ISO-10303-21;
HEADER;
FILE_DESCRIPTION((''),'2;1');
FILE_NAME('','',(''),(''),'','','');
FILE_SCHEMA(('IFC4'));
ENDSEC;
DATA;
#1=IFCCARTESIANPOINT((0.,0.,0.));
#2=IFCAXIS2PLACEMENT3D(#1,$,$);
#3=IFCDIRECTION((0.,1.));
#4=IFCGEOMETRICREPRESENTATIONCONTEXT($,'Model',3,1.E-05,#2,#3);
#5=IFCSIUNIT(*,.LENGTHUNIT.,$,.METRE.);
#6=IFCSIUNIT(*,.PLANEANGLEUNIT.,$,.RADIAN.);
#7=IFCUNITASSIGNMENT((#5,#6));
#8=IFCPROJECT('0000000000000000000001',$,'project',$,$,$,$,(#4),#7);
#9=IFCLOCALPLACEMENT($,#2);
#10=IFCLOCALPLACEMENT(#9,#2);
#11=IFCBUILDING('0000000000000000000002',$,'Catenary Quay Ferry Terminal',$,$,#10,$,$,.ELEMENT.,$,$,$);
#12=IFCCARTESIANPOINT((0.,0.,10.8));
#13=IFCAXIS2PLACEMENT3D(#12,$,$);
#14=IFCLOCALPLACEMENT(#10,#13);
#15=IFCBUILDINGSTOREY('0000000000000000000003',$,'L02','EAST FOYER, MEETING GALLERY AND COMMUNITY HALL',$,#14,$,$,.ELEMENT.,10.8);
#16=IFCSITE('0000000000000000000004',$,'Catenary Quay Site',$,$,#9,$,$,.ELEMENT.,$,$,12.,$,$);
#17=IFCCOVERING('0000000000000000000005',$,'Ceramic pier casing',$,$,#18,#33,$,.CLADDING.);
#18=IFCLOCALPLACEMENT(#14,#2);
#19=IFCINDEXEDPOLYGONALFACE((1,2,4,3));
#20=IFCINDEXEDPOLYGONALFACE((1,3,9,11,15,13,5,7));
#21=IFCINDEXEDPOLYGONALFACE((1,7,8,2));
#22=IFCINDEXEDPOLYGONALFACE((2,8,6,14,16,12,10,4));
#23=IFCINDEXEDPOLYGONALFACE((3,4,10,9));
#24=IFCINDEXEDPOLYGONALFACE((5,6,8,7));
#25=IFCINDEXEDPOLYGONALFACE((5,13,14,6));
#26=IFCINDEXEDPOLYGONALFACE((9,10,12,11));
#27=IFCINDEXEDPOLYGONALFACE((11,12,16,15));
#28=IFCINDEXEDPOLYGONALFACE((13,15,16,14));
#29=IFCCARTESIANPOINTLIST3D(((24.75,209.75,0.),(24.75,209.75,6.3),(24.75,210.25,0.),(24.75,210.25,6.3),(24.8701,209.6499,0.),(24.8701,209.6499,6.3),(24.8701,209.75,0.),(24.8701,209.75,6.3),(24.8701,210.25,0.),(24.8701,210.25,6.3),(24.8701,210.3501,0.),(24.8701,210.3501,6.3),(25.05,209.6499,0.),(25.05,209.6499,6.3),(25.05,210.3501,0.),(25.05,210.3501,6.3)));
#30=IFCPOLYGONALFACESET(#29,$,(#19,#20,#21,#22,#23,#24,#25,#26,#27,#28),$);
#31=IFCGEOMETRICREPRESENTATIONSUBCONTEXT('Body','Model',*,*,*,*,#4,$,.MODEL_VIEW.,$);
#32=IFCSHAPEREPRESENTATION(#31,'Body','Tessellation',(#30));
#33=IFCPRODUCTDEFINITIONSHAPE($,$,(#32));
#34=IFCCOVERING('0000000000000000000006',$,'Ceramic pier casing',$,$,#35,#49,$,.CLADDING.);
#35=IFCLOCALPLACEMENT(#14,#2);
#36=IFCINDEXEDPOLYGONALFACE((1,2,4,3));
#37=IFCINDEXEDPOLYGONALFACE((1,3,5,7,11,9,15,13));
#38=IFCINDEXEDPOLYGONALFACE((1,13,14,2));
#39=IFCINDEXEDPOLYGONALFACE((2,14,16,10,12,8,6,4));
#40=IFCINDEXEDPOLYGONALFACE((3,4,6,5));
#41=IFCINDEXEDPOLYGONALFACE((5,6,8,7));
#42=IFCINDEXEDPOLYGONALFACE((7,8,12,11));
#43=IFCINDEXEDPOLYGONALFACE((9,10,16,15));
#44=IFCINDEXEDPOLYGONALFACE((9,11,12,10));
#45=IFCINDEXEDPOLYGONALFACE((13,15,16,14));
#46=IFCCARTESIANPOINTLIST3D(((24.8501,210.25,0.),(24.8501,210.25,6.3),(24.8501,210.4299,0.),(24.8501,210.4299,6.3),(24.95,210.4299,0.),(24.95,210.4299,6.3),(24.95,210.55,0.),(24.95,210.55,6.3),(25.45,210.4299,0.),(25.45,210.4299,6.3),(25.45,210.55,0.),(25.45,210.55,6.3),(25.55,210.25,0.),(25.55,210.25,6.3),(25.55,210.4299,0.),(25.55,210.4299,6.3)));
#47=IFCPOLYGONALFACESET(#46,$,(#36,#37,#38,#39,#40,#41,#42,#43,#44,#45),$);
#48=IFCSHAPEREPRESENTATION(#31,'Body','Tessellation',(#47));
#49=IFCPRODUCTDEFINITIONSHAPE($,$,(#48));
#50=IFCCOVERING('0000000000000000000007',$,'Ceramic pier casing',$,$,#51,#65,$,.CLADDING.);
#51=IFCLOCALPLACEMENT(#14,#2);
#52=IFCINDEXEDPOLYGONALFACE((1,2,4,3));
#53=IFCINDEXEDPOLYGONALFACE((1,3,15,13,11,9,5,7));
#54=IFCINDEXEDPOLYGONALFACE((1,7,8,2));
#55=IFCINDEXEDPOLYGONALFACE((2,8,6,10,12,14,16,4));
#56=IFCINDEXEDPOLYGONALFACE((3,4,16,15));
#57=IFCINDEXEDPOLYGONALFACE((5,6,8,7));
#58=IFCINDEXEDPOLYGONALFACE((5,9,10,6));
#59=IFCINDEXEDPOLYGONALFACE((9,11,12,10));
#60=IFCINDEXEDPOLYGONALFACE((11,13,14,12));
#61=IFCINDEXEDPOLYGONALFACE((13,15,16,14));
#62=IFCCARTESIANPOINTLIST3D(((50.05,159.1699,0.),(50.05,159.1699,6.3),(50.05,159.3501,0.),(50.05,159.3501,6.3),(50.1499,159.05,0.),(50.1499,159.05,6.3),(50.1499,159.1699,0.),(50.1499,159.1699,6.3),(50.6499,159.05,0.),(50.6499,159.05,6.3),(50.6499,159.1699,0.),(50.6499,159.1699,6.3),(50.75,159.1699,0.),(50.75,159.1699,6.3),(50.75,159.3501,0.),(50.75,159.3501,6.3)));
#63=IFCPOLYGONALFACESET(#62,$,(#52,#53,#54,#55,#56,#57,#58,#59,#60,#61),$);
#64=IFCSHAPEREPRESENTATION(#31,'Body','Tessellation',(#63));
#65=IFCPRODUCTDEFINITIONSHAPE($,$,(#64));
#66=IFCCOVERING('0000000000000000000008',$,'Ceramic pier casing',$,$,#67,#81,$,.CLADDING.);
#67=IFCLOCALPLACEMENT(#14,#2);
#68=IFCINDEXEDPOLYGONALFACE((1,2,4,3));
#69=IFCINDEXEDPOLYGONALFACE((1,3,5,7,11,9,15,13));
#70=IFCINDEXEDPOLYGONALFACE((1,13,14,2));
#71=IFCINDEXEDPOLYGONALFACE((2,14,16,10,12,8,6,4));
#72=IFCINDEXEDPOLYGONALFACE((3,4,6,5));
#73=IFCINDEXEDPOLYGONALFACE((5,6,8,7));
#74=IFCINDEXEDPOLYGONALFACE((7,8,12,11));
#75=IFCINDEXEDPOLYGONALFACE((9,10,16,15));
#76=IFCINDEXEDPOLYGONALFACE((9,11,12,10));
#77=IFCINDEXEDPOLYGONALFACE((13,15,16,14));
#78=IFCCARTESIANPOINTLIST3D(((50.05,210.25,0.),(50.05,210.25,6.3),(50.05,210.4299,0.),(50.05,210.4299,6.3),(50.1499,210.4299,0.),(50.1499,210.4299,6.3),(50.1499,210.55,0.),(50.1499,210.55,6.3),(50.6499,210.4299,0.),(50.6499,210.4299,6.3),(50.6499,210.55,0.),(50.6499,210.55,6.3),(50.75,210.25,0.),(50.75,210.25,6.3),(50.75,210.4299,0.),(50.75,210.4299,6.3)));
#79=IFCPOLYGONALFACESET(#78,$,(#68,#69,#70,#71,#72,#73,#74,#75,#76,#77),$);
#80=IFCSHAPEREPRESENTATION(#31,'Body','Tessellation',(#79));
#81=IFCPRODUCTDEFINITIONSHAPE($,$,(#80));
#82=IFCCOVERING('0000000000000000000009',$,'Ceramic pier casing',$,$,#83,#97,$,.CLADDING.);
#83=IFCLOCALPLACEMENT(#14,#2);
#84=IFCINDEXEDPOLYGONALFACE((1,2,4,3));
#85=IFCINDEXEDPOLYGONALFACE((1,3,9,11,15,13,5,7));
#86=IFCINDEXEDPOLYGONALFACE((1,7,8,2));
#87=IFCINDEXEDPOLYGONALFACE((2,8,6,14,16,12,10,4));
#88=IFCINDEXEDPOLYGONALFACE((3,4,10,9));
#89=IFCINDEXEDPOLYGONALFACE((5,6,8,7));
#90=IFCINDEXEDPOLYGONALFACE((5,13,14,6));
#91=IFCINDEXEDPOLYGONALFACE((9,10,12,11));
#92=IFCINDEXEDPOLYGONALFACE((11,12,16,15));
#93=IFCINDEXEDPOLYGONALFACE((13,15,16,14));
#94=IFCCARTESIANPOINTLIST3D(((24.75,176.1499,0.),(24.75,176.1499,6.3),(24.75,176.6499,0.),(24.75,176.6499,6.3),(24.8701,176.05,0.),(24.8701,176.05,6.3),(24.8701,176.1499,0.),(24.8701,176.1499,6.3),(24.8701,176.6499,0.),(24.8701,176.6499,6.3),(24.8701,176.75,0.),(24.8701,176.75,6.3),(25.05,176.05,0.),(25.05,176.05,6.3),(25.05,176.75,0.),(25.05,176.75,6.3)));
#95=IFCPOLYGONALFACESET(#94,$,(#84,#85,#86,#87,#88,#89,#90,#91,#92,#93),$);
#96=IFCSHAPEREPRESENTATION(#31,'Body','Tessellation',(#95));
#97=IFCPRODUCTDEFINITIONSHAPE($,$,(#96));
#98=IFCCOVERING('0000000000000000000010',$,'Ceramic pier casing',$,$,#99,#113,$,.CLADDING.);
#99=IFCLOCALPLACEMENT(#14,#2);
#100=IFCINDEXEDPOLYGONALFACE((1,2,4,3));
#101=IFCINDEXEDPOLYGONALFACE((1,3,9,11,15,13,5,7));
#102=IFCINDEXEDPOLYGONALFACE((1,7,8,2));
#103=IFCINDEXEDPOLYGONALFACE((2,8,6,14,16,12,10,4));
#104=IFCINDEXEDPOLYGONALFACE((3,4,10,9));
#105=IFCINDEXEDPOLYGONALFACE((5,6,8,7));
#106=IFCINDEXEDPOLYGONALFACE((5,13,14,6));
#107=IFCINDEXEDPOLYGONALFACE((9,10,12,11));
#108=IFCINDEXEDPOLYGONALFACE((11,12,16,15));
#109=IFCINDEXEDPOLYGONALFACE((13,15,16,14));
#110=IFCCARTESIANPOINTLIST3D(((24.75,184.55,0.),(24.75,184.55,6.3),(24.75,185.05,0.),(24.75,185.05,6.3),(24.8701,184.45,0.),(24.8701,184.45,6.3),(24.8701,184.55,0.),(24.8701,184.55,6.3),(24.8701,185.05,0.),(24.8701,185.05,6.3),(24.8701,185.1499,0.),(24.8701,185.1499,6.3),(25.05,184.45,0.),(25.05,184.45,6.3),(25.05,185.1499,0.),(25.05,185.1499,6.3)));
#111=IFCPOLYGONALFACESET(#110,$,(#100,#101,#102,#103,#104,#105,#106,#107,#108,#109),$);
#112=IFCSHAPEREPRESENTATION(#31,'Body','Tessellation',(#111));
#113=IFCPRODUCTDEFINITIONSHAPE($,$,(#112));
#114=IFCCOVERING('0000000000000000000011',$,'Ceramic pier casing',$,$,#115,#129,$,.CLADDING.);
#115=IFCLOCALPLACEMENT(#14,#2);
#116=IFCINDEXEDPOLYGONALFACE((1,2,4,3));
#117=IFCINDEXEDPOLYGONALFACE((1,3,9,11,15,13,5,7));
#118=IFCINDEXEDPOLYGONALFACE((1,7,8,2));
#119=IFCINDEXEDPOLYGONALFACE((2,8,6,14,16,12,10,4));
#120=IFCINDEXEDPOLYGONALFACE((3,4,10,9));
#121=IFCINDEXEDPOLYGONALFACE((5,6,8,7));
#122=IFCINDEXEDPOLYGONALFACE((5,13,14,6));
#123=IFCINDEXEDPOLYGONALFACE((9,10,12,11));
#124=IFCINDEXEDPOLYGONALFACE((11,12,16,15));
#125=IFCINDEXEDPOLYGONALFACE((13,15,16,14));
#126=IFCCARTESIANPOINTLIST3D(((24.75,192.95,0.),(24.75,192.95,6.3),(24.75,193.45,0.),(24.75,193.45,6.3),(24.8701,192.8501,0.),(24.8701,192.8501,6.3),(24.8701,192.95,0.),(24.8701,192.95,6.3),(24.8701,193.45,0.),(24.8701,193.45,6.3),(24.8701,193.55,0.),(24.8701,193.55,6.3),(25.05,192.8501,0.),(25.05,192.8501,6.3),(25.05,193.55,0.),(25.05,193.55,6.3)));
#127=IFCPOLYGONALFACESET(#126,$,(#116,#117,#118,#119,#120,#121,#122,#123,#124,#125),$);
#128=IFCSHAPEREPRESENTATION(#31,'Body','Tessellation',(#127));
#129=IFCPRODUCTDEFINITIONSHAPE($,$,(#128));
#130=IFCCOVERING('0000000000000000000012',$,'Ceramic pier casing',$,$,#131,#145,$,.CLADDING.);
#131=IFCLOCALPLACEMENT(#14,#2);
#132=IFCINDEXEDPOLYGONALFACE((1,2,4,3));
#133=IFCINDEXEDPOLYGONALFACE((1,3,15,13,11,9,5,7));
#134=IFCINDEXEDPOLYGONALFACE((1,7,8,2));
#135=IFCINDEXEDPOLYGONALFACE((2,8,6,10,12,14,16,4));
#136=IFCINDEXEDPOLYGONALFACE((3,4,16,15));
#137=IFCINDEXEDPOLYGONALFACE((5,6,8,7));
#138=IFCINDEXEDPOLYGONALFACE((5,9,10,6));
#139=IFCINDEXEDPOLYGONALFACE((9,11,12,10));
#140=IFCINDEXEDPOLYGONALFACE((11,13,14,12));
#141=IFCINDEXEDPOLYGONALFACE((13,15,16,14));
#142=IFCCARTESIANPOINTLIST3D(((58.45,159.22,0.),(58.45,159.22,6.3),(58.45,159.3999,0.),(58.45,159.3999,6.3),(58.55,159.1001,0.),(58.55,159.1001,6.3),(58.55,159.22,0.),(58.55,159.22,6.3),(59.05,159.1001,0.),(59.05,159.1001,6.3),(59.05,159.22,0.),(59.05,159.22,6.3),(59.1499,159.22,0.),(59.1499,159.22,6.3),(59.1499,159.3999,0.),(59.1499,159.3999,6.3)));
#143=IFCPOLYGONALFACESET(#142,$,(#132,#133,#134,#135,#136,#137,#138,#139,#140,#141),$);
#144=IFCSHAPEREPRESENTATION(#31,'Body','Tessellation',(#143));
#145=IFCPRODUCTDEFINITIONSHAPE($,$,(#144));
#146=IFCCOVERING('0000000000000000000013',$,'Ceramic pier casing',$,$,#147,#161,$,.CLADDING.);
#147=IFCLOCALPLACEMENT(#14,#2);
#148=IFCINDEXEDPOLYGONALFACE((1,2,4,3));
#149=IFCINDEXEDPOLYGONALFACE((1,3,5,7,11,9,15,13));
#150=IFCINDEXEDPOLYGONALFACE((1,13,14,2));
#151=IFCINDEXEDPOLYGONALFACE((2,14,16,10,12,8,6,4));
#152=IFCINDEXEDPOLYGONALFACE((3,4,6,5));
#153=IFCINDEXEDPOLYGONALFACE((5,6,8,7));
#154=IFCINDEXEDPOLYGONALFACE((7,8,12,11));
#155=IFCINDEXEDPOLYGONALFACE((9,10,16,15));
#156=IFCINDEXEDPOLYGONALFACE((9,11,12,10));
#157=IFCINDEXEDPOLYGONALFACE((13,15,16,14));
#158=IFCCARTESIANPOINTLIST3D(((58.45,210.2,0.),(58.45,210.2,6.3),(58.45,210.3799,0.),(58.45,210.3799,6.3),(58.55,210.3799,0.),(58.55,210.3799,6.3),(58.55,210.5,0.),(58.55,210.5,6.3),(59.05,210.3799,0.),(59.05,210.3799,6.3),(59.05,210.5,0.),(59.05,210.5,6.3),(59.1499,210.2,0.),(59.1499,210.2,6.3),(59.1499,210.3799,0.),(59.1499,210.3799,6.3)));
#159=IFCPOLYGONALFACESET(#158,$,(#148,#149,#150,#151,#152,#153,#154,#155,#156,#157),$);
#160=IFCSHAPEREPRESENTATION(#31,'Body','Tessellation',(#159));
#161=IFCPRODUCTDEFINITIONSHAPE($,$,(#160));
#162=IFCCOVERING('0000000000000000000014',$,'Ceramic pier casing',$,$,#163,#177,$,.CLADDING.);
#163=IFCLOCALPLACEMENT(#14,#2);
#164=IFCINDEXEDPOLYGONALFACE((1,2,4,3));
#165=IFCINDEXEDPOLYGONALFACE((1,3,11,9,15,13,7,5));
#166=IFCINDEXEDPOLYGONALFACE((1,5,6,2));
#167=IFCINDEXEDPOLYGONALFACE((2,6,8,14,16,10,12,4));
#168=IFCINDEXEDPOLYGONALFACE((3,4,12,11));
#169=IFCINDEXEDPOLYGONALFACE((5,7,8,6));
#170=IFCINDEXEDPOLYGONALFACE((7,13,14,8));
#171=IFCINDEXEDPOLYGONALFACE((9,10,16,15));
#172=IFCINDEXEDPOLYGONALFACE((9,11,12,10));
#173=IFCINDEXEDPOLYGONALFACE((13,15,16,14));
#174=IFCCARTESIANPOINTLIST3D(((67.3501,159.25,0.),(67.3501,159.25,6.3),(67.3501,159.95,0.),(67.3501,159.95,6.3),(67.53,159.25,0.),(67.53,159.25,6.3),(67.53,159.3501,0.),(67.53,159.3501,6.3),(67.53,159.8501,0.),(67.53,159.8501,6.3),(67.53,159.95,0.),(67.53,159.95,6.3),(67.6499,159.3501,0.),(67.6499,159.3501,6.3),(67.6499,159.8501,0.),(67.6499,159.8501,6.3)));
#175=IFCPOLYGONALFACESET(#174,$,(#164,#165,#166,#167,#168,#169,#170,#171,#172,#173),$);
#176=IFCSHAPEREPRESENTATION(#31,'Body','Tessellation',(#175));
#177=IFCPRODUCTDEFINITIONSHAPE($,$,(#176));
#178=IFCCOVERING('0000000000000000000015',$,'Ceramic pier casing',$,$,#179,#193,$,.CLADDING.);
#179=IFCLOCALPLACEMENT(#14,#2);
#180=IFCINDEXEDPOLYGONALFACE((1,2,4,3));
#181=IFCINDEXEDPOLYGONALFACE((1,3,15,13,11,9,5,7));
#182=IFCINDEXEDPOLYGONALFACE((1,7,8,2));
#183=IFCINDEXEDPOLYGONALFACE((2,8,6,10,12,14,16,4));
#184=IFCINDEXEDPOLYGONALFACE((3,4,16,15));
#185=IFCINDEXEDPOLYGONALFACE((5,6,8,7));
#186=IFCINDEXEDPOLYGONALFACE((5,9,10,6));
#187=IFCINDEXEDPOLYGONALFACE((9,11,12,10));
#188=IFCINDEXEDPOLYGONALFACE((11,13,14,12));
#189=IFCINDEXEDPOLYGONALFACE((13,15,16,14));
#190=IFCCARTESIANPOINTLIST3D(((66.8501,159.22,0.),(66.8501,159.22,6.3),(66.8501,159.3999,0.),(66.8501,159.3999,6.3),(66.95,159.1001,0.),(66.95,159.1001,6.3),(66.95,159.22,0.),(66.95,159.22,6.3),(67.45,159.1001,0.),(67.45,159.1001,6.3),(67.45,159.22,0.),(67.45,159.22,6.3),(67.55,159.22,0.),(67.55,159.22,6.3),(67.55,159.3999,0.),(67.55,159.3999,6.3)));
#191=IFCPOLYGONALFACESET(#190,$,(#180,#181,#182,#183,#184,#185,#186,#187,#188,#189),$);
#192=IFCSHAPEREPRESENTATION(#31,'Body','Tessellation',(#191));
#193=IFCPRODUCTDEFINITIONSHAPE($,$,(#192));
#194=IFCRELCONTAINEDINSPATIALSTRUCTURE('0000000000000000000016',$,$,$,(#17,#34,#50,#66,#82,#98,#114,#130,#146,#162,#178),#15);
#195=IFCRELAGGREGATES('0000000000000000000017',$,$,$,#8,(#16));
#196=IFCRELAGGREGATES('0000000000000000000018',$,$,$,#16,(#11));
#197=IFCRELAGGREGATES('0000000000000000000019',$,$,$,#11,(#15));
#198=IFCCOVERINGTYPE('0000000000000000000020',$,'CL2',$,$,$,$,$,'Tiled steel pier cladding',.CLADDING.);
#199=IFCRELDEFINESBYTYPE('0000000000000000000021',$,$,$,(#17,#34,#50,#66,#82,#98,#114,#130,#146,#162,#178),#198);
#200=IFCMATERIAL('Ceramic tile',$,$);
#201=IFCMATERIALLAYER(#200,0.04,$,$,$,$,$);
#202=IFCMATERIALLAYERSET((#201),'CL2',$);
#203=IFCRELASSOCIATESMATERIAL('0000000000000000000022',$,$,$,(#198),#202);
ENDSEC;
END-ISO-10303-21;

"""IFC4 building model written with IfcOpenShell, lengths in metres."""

from ifc_helpers import new_model, si_unit, direction, frame, origin, place, context, subcontext, project, spatial, polyline, outline, extrude, material, layer, layer_set, type_object, element, save


model = new_model("IFC4")

# Units and contexts
model_context = context("Model", 3, precision=1e-05, world=origin(), true_north=direction((0.0, 1.0)))
body_context = subcontext(model_context, "Body", "Model", "MODEL_VIEW")
ifc_project = project(units=[si_unit("LENGTHUNIT", "METRE"), si_unit("PLANEANGLEUNIT", "RADIAN")], contexts=[model_context])

# Site, building, storey
site_placement = place(None, origin())
site = spatial("IfcSite", under=ifc_project, at=site_placement, Name="Catenary Quay Site", CompositionType="ELEMENT", RefElevation=12.0)
building_placement = place(site_placement, origin())
building = spatial("IfcBuilding", under=site, at=building_placement, Name="Catenary Quay Ferry Terminal", CompositionType="ELEMENT")
storey_placement = place(building_placement, frame((0.0, 0.0, 10.8)))
storey = spatial("IfcBuildingStorey", under=building, at=storey_placement, Name="L02", Description="EAST FOYER, MEETING GALLERY AND COMMUNITY HALL", CompositionType="ELEMENT", Elevation=10.8)

# Coverings
ifc_material_1 = material(Name="Ceramic tile")
ifc_layer_1 = layer(ifc_material_1, 0.04)
ifc_layer_set_1 = layer_set([ifc_layer_1], Name="CL2")
covering_type = type_object("IfcCoveringType", Name="CL2", ElementType="Tiled steel pier cladding", PredefinedType="CLADDING", material=ifc_layer_set_1)
covering_1_placement = place(storey_placement, origin())
element("IfcCovering", 1, at=covering_1_placement, inside=storey, type_object=covering_type, Name="Ceramic pier casing", PredefinedType="CLADDING", context=body_context, shape_type="SweptSolid", body=[
    extrude(outline(polyline([(25.05, 210.3501), (24.8701, 210.3501), (24.8701, 210.25), (24.75, 210.25), (24.75, 209.75), (24.8701, 209.75), (24.8701, 209.6499), (25.05, 209.6499), (25.05, 210.3501)])), origin(), (0.0, 0.0, 1.0), 6.3),
])
covering_2_placement = place(storey_placement, origin())
element("IfcCovering", 2, at=covering_2_placement, inside=storey, type_object=covering_type, Name="Ceramic pier casing", PredefinedType="CLADDING", context=body_context, shape_type="SweptSolid", body=[
    extrude(outline(polyline([(25.55, 210.25), (25.55, 210.4299), (25.45, 210.4299), (25.45, 210.55), (24.95, 210.55), (24.95, 210.4299), (24.8501, 210.4299), (24.8501, 210.25), (25.55, 210.25)])), origin(), (0.0, 0.0, 1.0), 6.3),
])
covering_3_placement = place(storey_placement, origin())
element("IfcCovering", 3, at=covering_3_placement, inside=storey, type_object=covering_type, Name="Ceramic pier casing", PredefinedType="CLADDING", context=body_context, shape_type="SweptSolid", body=[
    extrude(outline(polyline([(50.05, 159.3501), (50.05, 159.1699), (50.1499, 159.1699), (50.1499, 159.05), (50.6499, 159.05), (50.6499, 159.1699), (50.75, 159.1699), (50.75, 159.3501), (50.05, 159.3501)])), origin(), (0.0, 0.0, 1.0), 6.3),
])
covering_4_placement = place(storey_placement, origin())
element("IfcCovering", 4, at=covering_4_placement, inside=storey, type_object=covering_type, Name="Ceramic pier casing", PredefinedType="CLADDING", context=body_context, shape_type="SweptSolid", body=[
    extrude(outline(polyline([(50.75, 210.25), (50.75, 210.4299), (50.6499, 210.4299), (50.6499, 210.55), (50.1499, 210.55), (50.1499, 210.4299), (50.05, 210.4299), (50.05, 210.25), (50.75, 210.25)])), origin(), (0.0, 0.0, 1.0), 6.3),
])
covering_5_placement = place(storey_placement, origin())
element("IfcCovering", 5, at=covering_5_placement, inside=storey, type_object=covering_type, Name="Ceramic pier casing", PredefinedType="CLADDING", context=body_context, shape_type="SweptSolid", body=[
    extrude(outline(polyline([(25.05, 176.75), (24.8701, 176.75), (24.8701, 176.6499), (24.75, 176.6499), (24.75, 176.1499), (24.8701, 176.1499), (24.8701, 176.05), (25.05, 176.05), (25.05, 176.75)])), origin(), (0.0, 0.0, 1.0), 6.3),
])
covering_6_placement = place(storey_placement, origin())
element("IfcCovering", 6, at=covering_6_placement, inside=storey, type_object=covering_type, Name="Ceramic pier casing", PredefinedType="CLADDING", context=body_context, shape_type="SweptSolid", body=[
    extrude(outline(polyline([(25.05, 185.1499), (24.8701, 185.1499), (24.8701, 185.05), (24.75, 185.05), (24.75, 184.55), (24.8701, 184.55), (24.8701, 184.45), (25.05, 184.45), (25.05, 185.1499)])), origin(), (0.0, 0.0, 1.0), 6.3),
])
covering_7_placement = place(storey_placement, origin())
element("IfcCovering", 7, at=covering_7_placement, inside=storey, type_object=covering_type, Name="Ceramic pier casing", PredefinedType="CLADDING", context=body_context, shape_type="SweptSolid", body=[
    extrude(outline(polyline([(25.05, 193.55), (24.8701, 193.55), (24.8701, 193.45), (24.75, 193.45), (24.75, 192.95), (24.8701, 192.95), (24.8701, 192.8501), (25.05, 192.8501), (25.05, 193.55)])), origin(), (0.0, 0.0, 1.0), 6.3),
])
covering_8_placement = place(storey_placement, origin())
element("IfcCovering", 8, at=covering_8_placement, inside=storey, type_object=covering_type, Name="Ceramic pier casing", PredefinedType="CLADDING", context=body_context, shape_type="SweptSolid", body=[
    extrude(outline(polyline([(58.45, 159.3999), (58.45, 159.22), (58.55, 159.22), (58.55, 159.1001), (59.05, 159.1001), (59.05, 159.22), (59.1499, 159.22), (59.1499, 159.3999), (58.45, 159.3999)])), origin(), (0.0, 0.0, 1.0), 6.3),
])
covering_9_placement = place(storey_placement, origin())
element("IfcCovering", 9, at=covering_9_placement, inside=storey, type_object=covering_type, Name="Ceramic pier casing", PredefinedType="CLADDING", context=body_context, shape_type="SweptSolid", body=[
    extrude(outline(polyline([(59.1499, 210.2), (59.1499, 210.3799), (59.05, 210.3799), (59.05, 210.5), (58.55, 210.5), (58.55, 210.3799), (58.45, 210.3799), (58.45, 210.2), (59.1499, 210.2)])), origin(), (0.0, 0.0, 1.0), 6.3),
])
covering_10_placement = place(storey_placement, origin())
element("IfcCovering", 10, at=covering_10_placement, inside=storey, type_object=covering_type, Name="Ceramic pier casing", PredefinedType="CLADDING", context=body_context, shape_type="SweptSolid", body=[
    extrude(outline(polyline([(67.3501, 159.25), (67.53, 159.25), (67.53, 159.3501), (67.6499, 159.3501), (67.6499, 159.8501), (67.53, 159.8501), (67.53, 159.95), (67.3501, 159.95), (67.3501, 159.25)])), origin(), (0.0, 0.0, 1.0), 6.3),
])
covering_11_placement = place(storey_placement, origin())
element("IfcCovering", 11, at=covering_11_placement, inside=storey, type_object=covering_type, Name="Ceramic pier casing", PredefinedType="CLADDING", context=body_context, shape_type="SweptSolid", body=[
    extrude(outline(polyline([(66.8501, 159.3999), (66.8501, 159.22), (66.95, 159.22), (66.95, 159.1001), (67.45, 159.1001), (67.45, 159.22), (67.55, 159.22), (67.55, 159.3999), (66.8501, 159.3999)])), origin(), (0.0, 0.0, 1.0), 6.3),
])

save(model, "model.ifc")
